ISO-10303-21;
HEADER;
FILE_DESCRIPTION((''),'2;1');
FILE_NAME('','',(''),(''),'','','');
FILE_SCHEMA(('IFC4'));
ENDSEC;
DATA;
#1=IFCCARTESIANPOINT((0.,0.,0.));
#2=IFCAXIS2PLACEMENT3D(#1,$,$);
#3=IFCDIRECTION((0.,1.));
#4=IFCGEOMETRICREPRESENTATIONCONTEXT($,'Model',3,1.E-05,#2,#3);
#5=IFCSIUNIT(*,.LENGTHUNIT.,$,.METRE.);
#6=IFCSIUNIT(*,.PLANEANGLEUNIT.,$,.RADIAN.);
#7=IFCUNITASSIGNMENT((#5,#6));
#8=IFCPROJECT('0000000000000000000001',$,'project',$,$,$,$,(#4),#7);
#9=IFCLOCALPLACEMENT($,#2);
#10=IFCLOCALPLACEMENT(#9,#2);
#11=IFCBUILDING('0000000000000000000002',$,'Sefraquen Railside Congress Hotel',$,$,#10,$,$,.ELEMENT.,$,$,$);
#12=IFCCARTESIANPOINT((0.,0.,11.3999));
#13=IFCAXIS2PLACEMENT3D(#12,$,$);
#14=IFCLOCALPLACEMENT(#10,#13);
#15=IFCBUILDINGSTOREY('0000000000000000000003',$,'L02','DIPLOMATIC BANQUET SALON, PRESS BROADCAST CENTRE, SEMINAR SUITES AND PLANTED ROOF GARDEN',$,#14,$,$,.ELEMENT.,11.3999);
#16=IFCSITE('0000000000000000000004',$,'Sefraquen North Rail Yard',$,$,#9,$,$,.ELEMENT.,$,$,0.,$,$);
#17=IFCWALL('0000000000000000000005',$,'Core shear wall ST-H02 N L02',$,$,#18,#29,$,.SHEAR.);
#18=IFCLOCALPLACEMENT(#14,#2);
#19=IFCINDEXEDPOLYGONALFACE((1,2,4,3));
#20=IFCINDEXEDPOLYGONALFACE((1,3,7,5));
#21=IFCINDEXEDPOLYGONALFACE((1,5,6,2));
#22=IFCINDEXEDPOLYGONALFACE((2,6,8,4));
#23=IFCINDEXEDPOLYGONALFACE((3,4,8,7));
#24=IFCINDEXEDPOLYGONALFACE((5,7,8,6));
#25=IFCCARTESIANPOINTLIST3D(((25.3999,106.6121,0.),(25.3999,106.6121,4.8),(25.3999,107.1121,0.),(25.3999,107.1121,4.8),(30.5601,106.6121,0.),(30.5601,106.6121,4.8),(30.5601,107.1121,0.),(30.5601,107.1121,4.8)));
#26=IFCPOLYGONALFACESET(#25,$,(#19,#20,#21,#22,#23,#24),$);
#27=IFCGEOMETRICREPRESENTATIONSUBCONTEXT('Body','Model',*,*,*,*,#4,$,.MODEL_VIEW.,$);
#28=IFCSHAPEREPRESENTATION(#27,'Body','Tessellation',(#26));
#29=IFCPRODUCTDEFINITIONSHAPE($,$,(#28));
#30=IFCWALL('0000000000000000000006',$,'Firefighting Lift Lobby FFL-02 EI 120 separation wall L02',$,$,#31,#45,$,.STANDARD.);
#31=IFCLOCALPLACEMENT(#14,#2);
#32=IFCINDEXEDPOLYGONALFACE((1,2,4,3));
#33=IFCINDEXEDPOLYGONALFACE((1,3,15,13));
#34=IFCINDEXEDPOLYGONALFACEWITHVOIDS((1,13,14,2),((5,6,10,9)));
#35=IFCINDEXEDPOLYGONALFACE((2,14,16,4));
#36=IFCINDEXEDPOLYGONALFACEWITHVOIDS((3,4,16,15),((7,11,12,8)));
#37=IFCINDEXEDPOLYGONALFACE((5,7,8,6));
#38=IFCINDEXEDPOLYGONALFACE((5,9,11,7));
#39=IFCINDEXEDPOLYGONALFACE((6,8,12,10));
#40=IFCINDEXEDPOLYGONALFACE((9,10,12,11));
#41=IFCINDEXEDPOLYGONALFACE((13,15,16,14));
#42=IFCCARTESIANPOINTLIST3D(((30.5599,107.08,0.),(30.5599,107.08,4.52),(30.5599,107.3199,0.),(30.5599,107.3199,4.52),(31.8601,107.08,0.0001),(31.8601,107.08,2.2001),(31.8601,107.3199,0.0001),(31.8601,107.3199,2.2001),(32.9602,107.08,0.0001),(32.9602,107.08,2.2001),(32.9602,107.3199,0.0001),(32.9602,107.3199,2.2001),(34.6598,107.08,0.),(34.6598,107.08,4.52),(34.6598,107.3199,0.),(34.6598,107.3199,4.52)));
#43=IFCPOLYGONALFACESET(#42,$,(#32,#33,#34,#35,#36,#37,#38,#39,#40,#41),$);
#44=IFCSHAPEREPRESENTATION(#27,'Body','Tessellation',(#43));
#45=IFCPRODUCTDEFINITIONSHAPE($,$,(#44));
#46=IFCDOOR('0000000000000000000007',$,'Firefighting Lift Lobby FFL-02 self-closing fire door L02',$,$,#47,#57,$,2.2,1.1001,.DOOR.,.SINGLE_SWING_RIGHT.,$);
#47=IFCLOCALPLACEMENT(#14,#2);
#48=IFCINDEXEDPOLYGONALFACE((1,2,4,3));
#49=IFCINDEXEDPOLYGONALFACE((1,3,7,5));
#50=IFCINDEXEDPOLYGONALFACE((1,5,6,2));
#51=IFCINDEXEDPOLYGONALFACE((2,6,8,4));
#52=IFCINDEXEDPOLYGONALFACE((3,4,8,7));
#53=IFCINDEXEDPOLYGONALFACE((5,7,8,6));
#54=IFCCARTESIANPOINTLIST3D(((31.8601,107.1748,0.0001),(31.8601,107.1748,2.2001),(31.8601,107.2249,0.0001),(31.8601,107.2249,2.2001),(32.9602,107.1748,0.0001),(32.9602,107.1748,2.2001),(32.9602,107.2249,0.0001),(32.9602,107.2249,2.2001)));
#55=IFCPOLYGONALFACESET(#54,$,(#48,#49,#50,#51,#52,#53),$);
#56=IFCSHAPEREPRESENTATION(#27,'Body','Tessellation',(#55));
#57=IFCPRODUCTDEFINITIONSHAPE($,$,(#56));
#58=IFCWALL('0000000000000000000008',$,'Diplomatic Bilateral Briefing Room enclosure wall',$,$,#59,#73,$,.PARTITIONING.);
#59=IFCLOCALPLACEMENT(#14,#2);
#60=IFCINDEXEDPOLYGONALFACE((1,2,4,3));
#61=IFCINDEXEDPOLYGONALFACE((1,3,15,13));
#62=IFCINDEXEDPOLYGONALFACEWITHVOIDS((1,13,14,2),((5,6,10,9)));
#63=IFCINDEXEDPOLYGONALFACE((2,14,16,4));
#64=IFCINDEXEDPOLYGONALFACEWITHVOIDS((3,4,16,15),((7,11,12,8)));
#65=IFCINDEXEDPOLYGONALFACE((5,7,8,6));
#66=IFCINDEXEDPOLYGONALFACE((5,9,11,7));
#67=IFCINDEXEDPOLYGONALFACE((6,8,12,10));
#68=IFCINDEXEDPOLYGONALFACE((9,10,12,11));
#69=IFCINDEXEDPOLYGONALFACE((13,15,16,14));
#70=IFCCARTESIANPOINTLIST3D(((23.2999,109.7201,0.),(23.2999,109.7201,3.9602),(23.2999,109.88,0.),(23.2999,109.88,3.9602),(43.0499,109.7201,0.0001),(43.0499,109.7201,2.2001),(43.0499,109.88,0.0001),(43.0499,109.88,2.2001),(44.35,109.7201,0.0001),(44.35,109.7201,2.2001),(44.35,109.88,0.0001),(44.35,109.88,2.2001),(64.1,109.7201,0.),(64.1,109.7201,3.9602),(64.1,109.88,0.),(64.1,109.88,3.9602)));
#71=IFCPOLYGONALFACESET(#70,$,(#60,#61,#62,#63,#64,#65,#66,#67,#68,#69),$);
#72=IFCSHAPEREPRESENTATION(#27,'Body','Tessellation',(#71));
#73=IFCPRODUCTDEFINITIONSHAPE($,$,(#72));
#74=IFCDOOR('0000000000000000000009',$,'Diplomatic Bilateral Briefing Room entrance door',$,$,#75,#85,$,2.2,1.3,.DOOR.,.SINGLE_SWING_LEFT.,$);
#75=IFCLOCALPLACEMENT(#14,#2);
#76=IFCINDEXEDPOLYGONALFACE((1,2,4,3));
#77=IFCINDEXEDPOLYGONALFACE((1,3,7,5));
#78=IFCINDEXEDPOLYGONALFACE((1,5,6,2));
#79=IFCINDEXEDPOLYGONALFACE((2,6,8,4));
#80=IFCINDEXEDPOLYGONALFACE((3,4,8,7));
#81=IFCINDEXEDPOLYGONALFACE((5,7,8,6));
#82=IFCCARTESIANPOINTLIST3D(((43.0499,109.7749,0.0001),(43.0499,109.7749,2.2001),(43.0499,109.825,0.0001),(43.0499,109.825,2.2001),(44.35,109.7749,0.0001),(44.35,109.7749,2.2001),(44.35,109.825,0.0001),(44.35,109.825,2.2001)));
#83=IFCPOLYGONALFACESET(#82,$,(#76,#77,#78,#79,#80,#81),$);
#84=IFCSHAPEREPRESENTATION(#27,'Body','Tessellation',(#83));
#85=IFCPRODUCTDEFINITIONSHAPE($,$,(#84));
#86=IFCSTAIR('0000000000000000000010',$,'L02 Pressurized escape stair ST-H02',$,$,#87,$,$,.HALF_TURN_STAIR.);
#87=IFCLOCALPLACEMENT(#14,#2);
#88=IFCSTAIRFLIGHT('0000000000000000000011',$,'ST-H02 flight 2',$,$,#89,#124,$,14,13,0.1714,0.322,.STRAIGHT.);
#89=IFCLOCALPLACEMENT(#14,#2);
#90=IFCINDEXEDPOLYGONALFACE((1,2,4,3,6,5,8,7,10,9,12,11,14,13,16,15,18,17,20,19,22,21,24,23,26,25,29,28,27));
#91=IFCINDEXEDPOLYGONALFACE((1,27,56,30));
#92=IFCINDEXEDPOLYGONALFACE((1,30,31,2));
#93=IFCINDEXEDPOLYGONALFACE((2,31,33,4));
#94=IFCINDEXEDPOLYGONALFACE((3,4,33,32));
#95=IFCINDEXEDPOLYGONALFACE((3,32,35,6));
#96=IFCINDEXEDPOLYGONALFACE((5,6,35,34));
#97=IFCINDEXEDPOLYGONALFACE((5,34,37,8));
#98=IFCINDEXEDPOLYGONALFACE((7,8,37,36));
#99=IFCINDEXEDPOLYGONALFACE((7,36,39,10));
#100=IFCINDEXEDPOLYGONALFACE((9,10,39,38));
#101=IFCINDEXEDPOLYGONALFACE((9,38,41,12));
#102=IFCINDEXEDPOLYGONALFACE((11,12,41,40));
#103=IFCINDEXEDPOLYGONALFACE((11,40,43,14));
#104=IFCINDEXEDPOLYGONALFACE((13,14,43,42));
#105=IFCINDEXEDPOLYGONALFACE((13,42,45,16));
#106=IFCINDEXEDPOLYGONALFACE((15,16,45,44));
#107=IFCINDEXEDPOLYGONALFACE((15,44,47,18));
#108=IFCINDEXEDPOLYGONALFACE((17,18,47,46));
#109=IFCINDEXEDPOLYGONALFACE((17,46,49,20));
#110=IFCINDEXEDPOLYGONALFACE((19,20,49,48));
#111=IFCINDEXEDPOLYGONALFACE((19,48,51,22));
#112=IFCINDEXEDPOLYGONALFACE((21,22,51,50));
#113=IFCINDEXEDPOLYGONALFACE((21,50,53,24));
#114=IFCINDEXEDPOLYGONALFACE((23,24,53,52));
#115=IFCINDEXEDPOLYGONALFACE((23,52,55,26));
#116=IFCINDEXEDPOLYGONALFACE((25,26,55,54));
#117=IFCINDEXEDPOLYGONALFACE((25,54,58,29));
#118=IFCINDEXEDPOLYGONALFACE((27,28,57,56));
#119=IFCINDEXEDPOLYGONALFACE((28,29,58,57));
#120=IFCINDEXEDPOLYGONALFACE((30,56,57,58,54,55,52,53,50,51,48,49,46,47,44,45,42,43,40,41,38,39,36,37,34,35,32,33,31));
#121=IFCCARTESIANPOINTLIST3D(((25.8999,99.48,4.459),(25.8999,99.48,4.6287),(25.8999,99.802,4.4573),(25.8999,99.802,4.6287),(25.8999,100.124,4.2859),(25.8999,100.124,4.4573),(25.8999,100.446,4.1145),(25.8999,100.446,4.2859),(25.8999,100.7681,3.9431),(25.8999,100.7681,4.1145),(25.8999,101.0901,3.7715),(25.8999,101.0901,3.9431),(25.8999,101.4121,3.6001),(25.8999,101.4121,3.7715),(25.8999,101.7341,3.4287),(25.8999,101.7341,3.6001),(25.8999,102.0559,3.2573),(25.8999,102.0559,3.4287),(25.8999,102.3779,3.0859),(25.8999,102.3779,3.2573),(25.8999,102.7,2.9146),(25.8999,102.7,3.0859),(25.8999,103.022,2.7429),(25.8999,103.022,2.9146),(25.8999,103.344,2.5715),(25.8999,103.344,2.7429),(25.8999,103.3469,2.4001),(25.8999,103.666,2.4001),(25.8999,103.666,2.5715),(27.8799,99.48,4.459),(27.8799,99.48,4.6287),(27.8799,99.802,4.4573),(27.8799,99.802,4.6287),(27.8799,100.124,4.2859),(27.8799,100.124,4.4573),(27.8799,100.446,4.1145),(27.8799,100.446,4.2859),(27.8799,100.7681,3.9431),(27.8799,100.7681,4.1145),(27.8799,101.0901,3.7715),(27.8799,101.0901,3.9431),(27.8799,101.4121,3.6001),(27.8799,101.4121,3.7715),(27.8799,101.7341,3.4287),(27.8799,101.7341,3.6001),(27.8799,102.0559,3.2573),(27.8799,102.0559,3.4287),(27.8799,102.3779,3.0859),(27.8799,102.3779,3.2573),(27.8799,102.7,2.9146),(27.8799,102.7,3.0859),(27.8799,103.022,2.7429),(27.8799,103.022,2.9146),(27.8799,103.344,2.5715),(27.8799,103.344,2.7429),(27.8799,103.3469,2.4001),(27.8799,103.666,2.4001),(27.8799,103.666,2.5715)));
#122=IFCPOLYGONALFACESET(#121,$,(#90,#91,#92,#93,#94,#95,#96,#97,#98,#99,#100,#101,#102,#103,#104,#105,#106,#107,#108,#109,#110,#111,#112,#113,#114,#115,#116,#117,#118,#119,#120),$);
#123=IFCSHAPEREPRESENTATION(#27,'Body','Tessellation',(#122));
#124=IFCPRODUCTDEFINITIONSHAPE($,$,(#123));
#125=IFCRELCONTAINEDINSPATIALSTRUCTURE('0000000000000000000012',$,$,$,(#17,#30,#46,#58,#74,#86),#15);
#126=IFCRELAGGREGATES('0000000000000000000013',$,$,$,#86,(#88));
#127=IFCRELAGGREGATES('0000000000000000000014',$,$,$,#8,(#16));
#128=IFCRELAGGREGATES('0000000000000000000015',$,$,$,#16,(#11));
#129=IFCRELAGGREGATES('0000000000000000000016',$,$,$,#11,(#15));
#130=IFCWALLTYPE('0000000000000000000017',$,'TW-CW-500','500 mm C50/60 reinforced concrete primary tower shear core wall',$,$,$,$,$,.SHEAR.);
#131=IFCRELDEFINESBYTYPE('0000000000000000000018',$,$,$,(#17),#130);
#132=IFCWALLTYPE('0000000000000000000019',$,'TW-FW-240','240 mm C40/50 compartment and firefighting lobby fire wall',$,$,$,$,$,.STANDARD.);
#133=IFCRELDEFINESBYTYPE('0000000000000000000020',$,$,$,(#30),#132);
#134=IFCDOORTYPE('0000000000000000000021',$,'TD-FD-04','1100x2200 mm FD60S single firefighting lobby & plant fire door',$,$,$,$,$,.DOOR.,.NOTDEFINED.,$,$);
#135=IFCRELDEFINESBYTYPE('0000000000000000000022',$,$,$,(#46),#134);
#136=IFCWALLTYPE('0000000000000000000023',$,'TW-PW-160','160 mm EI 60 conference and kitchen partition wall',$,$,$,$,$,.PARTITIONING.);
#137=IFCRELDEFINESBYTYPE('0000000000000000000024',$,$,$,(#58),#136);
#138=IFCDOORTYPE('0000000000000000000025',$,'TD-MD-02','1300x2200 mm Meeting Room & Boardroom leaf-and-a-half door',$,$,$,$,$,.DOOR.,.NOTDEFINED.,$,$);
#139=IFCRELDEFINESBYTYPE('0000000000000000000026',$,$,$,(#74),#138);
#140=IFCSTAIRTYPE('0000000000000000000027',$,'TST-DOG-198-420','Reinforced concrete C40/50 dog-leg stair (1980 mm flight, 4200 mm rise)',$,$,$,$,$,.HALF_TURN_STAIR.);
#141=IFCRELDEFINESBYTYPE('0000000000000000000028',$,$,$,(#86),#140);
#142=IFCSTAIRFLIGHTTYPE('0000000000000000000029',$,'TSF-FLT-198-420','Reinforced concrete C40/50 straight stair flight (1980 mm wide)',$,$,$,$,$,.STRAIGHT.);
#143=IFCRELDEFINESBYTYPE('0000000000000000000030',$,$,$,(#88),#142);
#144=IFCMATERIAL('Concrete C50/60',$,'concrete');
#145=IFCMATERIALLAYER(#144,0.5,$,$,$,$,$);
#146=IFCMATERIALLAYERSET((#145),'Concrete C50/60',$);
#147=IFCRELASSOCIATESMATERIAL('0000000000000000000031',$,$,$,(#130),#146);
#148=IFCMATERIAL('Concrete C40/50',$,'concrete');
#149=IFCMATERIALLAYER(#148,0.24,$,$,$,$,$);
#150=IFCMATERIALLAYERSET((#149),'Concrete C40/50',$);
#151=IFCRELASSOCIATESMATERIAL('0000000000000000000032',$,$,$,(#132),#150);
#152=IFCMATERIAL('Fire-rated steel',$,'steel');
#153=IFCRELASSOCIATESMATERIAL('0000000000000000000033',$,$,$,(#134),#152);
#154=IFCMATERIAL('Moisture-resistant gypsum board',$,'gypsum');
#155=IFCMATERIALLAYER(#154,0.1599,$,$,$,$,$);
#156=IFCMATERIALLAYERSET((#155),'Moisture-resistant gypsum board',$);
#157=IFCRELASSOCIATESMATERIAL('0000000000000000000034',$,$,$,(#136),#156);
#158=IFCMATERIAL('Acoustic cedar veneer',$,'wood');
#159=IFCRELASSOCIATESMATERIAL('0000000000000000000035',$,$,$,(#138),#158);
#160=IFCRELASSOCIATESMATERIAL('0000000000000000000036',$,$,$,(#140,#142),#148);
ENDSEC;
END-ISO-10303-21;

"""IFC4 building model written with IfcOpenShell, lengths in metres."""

from ifc_helpers import new_model, si_unit, direction, frame, frame_2d, origin, place, context, subcontext, project, spatial, polyline, rectangle, outline, extrude, material, layer, layer_set, type_object, element, fill, aggregate, save


model = new_model("IFC4")

# Units and contexts
model_context = context("Model", 3, precision=1e-05, world=origin(), true_north=direction((0.0, 1.0)))
body_context = subcontext(model_context, "Body", "Model", "MODEL_VIEW")
ifc_project = project(units=[si_unit("LENGTHUNIT", "METRE"), si_unit("PLANEANGLEUNIT", "RADIAN")], contexts=[model_context])

# Site, building, storey
site_placement = place(None, origin())
site = spatial("IfcSite", under=ifc_project, at=site_placement, Name="Sefraquen North Rail Yard", CompositionType="ELEMENT", RefElevation=0.0)
building_placement = place(site_placement, origin())
building = spatial("IfcBuilding", under=site, at=building_placement, Name="Sefraquen Railside Congress Hotel", CompositionType="ELEMENT")
storey_placement = place(building_placement, frame((0.0, 0.0, 11.3999)))
storey = spatial("IfcBuildingStorey", under=building, at=storey_placement, Name="L02", Description="DIPLOMATIC BANQUET SALON, PRESS BROADCAST CENTRE, SEMINAR SUITES AND PLANTED ROOF GARDEN", CompositionType="ELEMENT", Elevation=11.3999)

# Wall
ifc_material_1 = material(Name="Concrete C50/60", Category="concrete")
ifc_layer_1 = layer(ifc_material_1, 0.5)
ifc_layer_set_1 = layer_set([ifc_layer_1], Name="Concrete C50/60")
wall_type_1 = type_object("IfcWallType", Name="TW-CW-500", Description="500 mm C50/60 reinforced concrete primary tower shear core wall", PredefinedType="SHEAR", material=ifc_layer_set_1)
wall_1_placement = place(storey_placement, frame((25.3999, 106.8621, 0.0), z_axis=(0.0, 0.0, 1.0), x_axis=(1.0, 0.0, 0.0)))
element("IfcWall", 1, at=wall_1_placement, inside=storey, type_object=wall_type_1, Name="Core shear wall ST-H02 N L02", PredefinedType="SHEAR", context=body_context, shape_type="SweptSolid", body=[
    extrude(rectangle(XDim=5.1602, YDim=0.5, at=frame_2d((2.5801, 0.0))), origin(), (0.0, 0.0, 1.0), 4.8),
])

# Walls, openings, doors
ifc_material_2 = material(Name="Concrete C40/50", Category="concrete")
ifc_layer_2 = layer(ifc_material_2, 0.24)
ifc_layer_set_2 = layer_set([ifc_layer_2], Name="Concrete C40/50")
wall_type_2 = type_object("IfcWallType", Name="TW-FW-240", Description="240 mm C40/50 compartment and firefighting lobby fire wall", PredefinedType="STANDARD", material=ifc_layer_set_2)
wall_2_placement = place(storey_placement, frame((30.5601, 107.2, 0.0), z_axis=(0.0, 0.0, 1.0), x_axis=(1.0, 0.0, 0.0)))
wall_2 = element("IfcWall", 2, at=wall_2_placement, inside=storey, type_object=wall_type_2, Name="Firefighting Lift Lobby FFL-02 EI 120 separation wall L02", PredefinedType="STANDARD", context=body_context, shape_type="SweptSolid", body=[
    extrude(rectangle(XDim=4.0999, YDim=0.24, at=frame_2d((2.0498, 0.0))), origin(), (0.0, 0.0, 1.0), 4.52),
])
opening_1_placement = place(wall_2_placement, frame((1.3, 0.0, 0.0)))
opening_1 = element("IfcOpeningElement", 3, at=opening_1_placement, cuts=wall_2, PredefinedType="OPENING", context=body_context, shape_type="SweptSolid", body=[
    extrude(rectangle(XDim=1.1001, YDim=2.2, at=frame_2d((0.55, 1.1001))), frame((0.0, 0.1299, 0.0), z_axis=(0.0, -1.0, 0.0), x_axis=(1.0, 0.0, 0.0)), (0.0, 0.0, 1.0), 0.26),
])
ifc_material_3 = material(Name="Fire-rated steel", Category="steel")
door_type_1 = type_object("IfcDoorType", Name="TD-FD-04", Description="1100x2200 mm FD60S single firefighting lobby & plant fire door", OperationType="NOTDEFINED", PredefinedType="DOOR", material=ifc_material_3)
door_1_placement = place(opening_1_placement, origin())
door_1 = element("IfcDoor", 4, at=door_1_placement, inside=storey, type_object=door_type_1, Name="Firefighting Lift Lobby FFL-02 self-closing fire door L02", OperationType="SINGLE_SWING_RIGHT", OverallHeight=2.2, OverallWidth=1.1001, PredefinedType="DOOR", context=body_context, shape_type="SweptSolid", body=[
    extrude(rectangle(XDim=1.1001, YDim=2.2, at=frame_2d((0.55, 1.1001))), frame((0.0, 0.0249, 0.0), z_axis=(0.0, -1.0, 0.0), x_axis=(1.0, 0.0, 0.0)), (0.0, 0.0, 1.0), 0.05),
])
fill(opening_1, door_1)
ifc_material_4 = material(Name="Moisture-resistant gypsum board", Category="gypsum")
ifc_layer_3 = layer(ifc_material_4, 0.1599)
ifc_layer_set_3 = layer_set([ifc_layer_3], Name="Moisture-resistant gypsum board")
wall_type_3 = type_object("IfcWallType", Name="TW-PW-160", Description="160 mm EI 60 conference and kitchen partition wall", PredefinedType="PARTITIONING", material=ifc_layer_set_3)
wall_3_placement = place(storey_placement, frame((23.3, 109.8, 0.0), z_axis=(0.0, 0.0, 1.0), x_axis=(1.0, 0.0, 0.0)))
wall_3 = element("IfcWall", 5, at=wall_3_placement, inside=storey, type_object=wall_type_3, Name="Diplomatic Bilateral Briefing Room enclosure wall", PredefinedType="PARTITIONING", context=body_context, shape_type="SweptSolid", body=[
    extrude(rectangle(XDim=40.8, YDim=0.1599, at=frame_2d((20.3999, 0.0))), origin(), (0.0, 0.0, 1.0), 3.9602),
])
opening_2_placement = place(wall_3_placement, frame((19.75, 0.0, 0.0)))
opening_2 = element("IfcOpeningElement", 6, at=opening_2_placement, cuts=wall_3, PredefinedType="OPENING", context=body_context, shape_type="SweptSolid", body=[
    extrude(rectangle(XDim=1.3, YDim=2.2, at=frame_2d((0.6499, 1.1001))), frame((0.0, 0.0898, 0.0), z_axis=(0.0, -1.0, 0.0), x_axis=(1.0, 0.0, 0.0)), (0.0, 0.0, 1.0), 0.1799),
])
ifc_material_5 = material(Name="Acoustic cedar veneer", Category="wood")
door_type_2 = type_object("IfcDoorType", Name="TD-MD-02", Description="1300x2200 mm Meeting Room & Boardroom leaf-and-a-half door", OperationType="NOTDEFINED", PredefinedType="DOOR", material=ifc_material_5)
door_2_placement = place(opening_2_placement, origin())
door_2 = element("IfcDoor", 7, at=door_2_placement, inside=storey, type_object=door_type_2, Name="Diplomatic Bilateral Briefing Room entrance door", OperationType="SINGLE_SWING_LEFT", OverallHeight=2.2, OverallWidth=1.3, PredefinedType="DOOR", context=body_context, shape_type="SweptSolid", body=[
    extrude(rectangle(XDim=1.3, YDim=2.2, at=frame_2d((0.6499, 1.1001))), frame((0.0, 0.0249, 0.0), z_axis=(0.0, -1.0, 0.0), x_axis=(1.0, 0.0, 0.0)), (0.0, 0.0, 1.0), 0.05),
])
fill(opening_2, door_2)

# Stair, stair flight
stair_type = type_object("IfcStairType", Name="TST-DOG-198-420", Description="Reinforced concrete C40/50 dog-leg stair (1980 mm flight, 4200 mm rise)", PredefinedType="HALF_TURN_STAIR", material=ifc_material_2)
stair_placement = place(storey_placement, origin())
stair = element("IfcStair", 8, at=stair_placement, inside=storey, type_object=stair_type, Name="L02 Pressurized escape stair ST-H02", PredefinedType="HALF_TURN_STAIR")
stair_flight_type = type_object("IfcStairFlightType", Name="TSF-FLT-198-420", Description="Reinforced concrete C40/50 straight stair flight (1980 mm wide)", PredefinedType="STRAIGHT", material=ifc_material_2)
stair_flight_placement = place(storey_placement, frame((26.8899, 103.666, 2.4001), z_axis=(0.0, 0.0, 1.0), x_axis=(0.0, -1.0, 0.0)))
stair_flight = element("IfcStairFlight", 9, at=stair_flight_placement, type_object=stair_flight_type, Name="ST-H02 flight 2", NumberOfRisers=14, NumberOfTreads=13, PredefinedType="STRAIGHT", RiserHeight=0.1714, TreadLength=0.322, context=body_context, shape_type="SweptSolid", body=[
    extrude(outline(polyline([(0.0, 0.0), (0.0, 0.1714), (0.322, 0.1714), (0.322, 0.3428), (0.644, 0.3428), (0.644, 0.5144), (0.9661, 0.5144), (0.9661, 0.6858), (1.2881, 0.6858), (1.2881, 0.8572), (1.6101, 0.8572), (1.6101, 1.0286), (1.9319, 1.0286), (1.9319, 1.2), (2.2539, 1.2), (2.2539, 1.3713), (2.5759, 1.3713), (2.5759, 1.543), (2.8979, 1.543), (2.8979, 1.7144), (3.22, 1.7144), (3.22, 1.8857), (3.542, 1.8857), (3.542, 2.0571), (3.864, 2.0571), (3.864, 2.2285), (4.186, 2.2285), (4.186, 2.3999), (4.186, 2.0588), (0.3191, 0.0), (0.0, 0.0)])), frame((0.0, 0.99, 0.0), z_axis=(0.0, -1.0, 0.0), x_axis=(1.0, 0.0, 0.0)), (0.0, 0.0, 1.0), 1.98),
])
aggregate(stair, [stair_flight])

save(model, "model.ifc")
